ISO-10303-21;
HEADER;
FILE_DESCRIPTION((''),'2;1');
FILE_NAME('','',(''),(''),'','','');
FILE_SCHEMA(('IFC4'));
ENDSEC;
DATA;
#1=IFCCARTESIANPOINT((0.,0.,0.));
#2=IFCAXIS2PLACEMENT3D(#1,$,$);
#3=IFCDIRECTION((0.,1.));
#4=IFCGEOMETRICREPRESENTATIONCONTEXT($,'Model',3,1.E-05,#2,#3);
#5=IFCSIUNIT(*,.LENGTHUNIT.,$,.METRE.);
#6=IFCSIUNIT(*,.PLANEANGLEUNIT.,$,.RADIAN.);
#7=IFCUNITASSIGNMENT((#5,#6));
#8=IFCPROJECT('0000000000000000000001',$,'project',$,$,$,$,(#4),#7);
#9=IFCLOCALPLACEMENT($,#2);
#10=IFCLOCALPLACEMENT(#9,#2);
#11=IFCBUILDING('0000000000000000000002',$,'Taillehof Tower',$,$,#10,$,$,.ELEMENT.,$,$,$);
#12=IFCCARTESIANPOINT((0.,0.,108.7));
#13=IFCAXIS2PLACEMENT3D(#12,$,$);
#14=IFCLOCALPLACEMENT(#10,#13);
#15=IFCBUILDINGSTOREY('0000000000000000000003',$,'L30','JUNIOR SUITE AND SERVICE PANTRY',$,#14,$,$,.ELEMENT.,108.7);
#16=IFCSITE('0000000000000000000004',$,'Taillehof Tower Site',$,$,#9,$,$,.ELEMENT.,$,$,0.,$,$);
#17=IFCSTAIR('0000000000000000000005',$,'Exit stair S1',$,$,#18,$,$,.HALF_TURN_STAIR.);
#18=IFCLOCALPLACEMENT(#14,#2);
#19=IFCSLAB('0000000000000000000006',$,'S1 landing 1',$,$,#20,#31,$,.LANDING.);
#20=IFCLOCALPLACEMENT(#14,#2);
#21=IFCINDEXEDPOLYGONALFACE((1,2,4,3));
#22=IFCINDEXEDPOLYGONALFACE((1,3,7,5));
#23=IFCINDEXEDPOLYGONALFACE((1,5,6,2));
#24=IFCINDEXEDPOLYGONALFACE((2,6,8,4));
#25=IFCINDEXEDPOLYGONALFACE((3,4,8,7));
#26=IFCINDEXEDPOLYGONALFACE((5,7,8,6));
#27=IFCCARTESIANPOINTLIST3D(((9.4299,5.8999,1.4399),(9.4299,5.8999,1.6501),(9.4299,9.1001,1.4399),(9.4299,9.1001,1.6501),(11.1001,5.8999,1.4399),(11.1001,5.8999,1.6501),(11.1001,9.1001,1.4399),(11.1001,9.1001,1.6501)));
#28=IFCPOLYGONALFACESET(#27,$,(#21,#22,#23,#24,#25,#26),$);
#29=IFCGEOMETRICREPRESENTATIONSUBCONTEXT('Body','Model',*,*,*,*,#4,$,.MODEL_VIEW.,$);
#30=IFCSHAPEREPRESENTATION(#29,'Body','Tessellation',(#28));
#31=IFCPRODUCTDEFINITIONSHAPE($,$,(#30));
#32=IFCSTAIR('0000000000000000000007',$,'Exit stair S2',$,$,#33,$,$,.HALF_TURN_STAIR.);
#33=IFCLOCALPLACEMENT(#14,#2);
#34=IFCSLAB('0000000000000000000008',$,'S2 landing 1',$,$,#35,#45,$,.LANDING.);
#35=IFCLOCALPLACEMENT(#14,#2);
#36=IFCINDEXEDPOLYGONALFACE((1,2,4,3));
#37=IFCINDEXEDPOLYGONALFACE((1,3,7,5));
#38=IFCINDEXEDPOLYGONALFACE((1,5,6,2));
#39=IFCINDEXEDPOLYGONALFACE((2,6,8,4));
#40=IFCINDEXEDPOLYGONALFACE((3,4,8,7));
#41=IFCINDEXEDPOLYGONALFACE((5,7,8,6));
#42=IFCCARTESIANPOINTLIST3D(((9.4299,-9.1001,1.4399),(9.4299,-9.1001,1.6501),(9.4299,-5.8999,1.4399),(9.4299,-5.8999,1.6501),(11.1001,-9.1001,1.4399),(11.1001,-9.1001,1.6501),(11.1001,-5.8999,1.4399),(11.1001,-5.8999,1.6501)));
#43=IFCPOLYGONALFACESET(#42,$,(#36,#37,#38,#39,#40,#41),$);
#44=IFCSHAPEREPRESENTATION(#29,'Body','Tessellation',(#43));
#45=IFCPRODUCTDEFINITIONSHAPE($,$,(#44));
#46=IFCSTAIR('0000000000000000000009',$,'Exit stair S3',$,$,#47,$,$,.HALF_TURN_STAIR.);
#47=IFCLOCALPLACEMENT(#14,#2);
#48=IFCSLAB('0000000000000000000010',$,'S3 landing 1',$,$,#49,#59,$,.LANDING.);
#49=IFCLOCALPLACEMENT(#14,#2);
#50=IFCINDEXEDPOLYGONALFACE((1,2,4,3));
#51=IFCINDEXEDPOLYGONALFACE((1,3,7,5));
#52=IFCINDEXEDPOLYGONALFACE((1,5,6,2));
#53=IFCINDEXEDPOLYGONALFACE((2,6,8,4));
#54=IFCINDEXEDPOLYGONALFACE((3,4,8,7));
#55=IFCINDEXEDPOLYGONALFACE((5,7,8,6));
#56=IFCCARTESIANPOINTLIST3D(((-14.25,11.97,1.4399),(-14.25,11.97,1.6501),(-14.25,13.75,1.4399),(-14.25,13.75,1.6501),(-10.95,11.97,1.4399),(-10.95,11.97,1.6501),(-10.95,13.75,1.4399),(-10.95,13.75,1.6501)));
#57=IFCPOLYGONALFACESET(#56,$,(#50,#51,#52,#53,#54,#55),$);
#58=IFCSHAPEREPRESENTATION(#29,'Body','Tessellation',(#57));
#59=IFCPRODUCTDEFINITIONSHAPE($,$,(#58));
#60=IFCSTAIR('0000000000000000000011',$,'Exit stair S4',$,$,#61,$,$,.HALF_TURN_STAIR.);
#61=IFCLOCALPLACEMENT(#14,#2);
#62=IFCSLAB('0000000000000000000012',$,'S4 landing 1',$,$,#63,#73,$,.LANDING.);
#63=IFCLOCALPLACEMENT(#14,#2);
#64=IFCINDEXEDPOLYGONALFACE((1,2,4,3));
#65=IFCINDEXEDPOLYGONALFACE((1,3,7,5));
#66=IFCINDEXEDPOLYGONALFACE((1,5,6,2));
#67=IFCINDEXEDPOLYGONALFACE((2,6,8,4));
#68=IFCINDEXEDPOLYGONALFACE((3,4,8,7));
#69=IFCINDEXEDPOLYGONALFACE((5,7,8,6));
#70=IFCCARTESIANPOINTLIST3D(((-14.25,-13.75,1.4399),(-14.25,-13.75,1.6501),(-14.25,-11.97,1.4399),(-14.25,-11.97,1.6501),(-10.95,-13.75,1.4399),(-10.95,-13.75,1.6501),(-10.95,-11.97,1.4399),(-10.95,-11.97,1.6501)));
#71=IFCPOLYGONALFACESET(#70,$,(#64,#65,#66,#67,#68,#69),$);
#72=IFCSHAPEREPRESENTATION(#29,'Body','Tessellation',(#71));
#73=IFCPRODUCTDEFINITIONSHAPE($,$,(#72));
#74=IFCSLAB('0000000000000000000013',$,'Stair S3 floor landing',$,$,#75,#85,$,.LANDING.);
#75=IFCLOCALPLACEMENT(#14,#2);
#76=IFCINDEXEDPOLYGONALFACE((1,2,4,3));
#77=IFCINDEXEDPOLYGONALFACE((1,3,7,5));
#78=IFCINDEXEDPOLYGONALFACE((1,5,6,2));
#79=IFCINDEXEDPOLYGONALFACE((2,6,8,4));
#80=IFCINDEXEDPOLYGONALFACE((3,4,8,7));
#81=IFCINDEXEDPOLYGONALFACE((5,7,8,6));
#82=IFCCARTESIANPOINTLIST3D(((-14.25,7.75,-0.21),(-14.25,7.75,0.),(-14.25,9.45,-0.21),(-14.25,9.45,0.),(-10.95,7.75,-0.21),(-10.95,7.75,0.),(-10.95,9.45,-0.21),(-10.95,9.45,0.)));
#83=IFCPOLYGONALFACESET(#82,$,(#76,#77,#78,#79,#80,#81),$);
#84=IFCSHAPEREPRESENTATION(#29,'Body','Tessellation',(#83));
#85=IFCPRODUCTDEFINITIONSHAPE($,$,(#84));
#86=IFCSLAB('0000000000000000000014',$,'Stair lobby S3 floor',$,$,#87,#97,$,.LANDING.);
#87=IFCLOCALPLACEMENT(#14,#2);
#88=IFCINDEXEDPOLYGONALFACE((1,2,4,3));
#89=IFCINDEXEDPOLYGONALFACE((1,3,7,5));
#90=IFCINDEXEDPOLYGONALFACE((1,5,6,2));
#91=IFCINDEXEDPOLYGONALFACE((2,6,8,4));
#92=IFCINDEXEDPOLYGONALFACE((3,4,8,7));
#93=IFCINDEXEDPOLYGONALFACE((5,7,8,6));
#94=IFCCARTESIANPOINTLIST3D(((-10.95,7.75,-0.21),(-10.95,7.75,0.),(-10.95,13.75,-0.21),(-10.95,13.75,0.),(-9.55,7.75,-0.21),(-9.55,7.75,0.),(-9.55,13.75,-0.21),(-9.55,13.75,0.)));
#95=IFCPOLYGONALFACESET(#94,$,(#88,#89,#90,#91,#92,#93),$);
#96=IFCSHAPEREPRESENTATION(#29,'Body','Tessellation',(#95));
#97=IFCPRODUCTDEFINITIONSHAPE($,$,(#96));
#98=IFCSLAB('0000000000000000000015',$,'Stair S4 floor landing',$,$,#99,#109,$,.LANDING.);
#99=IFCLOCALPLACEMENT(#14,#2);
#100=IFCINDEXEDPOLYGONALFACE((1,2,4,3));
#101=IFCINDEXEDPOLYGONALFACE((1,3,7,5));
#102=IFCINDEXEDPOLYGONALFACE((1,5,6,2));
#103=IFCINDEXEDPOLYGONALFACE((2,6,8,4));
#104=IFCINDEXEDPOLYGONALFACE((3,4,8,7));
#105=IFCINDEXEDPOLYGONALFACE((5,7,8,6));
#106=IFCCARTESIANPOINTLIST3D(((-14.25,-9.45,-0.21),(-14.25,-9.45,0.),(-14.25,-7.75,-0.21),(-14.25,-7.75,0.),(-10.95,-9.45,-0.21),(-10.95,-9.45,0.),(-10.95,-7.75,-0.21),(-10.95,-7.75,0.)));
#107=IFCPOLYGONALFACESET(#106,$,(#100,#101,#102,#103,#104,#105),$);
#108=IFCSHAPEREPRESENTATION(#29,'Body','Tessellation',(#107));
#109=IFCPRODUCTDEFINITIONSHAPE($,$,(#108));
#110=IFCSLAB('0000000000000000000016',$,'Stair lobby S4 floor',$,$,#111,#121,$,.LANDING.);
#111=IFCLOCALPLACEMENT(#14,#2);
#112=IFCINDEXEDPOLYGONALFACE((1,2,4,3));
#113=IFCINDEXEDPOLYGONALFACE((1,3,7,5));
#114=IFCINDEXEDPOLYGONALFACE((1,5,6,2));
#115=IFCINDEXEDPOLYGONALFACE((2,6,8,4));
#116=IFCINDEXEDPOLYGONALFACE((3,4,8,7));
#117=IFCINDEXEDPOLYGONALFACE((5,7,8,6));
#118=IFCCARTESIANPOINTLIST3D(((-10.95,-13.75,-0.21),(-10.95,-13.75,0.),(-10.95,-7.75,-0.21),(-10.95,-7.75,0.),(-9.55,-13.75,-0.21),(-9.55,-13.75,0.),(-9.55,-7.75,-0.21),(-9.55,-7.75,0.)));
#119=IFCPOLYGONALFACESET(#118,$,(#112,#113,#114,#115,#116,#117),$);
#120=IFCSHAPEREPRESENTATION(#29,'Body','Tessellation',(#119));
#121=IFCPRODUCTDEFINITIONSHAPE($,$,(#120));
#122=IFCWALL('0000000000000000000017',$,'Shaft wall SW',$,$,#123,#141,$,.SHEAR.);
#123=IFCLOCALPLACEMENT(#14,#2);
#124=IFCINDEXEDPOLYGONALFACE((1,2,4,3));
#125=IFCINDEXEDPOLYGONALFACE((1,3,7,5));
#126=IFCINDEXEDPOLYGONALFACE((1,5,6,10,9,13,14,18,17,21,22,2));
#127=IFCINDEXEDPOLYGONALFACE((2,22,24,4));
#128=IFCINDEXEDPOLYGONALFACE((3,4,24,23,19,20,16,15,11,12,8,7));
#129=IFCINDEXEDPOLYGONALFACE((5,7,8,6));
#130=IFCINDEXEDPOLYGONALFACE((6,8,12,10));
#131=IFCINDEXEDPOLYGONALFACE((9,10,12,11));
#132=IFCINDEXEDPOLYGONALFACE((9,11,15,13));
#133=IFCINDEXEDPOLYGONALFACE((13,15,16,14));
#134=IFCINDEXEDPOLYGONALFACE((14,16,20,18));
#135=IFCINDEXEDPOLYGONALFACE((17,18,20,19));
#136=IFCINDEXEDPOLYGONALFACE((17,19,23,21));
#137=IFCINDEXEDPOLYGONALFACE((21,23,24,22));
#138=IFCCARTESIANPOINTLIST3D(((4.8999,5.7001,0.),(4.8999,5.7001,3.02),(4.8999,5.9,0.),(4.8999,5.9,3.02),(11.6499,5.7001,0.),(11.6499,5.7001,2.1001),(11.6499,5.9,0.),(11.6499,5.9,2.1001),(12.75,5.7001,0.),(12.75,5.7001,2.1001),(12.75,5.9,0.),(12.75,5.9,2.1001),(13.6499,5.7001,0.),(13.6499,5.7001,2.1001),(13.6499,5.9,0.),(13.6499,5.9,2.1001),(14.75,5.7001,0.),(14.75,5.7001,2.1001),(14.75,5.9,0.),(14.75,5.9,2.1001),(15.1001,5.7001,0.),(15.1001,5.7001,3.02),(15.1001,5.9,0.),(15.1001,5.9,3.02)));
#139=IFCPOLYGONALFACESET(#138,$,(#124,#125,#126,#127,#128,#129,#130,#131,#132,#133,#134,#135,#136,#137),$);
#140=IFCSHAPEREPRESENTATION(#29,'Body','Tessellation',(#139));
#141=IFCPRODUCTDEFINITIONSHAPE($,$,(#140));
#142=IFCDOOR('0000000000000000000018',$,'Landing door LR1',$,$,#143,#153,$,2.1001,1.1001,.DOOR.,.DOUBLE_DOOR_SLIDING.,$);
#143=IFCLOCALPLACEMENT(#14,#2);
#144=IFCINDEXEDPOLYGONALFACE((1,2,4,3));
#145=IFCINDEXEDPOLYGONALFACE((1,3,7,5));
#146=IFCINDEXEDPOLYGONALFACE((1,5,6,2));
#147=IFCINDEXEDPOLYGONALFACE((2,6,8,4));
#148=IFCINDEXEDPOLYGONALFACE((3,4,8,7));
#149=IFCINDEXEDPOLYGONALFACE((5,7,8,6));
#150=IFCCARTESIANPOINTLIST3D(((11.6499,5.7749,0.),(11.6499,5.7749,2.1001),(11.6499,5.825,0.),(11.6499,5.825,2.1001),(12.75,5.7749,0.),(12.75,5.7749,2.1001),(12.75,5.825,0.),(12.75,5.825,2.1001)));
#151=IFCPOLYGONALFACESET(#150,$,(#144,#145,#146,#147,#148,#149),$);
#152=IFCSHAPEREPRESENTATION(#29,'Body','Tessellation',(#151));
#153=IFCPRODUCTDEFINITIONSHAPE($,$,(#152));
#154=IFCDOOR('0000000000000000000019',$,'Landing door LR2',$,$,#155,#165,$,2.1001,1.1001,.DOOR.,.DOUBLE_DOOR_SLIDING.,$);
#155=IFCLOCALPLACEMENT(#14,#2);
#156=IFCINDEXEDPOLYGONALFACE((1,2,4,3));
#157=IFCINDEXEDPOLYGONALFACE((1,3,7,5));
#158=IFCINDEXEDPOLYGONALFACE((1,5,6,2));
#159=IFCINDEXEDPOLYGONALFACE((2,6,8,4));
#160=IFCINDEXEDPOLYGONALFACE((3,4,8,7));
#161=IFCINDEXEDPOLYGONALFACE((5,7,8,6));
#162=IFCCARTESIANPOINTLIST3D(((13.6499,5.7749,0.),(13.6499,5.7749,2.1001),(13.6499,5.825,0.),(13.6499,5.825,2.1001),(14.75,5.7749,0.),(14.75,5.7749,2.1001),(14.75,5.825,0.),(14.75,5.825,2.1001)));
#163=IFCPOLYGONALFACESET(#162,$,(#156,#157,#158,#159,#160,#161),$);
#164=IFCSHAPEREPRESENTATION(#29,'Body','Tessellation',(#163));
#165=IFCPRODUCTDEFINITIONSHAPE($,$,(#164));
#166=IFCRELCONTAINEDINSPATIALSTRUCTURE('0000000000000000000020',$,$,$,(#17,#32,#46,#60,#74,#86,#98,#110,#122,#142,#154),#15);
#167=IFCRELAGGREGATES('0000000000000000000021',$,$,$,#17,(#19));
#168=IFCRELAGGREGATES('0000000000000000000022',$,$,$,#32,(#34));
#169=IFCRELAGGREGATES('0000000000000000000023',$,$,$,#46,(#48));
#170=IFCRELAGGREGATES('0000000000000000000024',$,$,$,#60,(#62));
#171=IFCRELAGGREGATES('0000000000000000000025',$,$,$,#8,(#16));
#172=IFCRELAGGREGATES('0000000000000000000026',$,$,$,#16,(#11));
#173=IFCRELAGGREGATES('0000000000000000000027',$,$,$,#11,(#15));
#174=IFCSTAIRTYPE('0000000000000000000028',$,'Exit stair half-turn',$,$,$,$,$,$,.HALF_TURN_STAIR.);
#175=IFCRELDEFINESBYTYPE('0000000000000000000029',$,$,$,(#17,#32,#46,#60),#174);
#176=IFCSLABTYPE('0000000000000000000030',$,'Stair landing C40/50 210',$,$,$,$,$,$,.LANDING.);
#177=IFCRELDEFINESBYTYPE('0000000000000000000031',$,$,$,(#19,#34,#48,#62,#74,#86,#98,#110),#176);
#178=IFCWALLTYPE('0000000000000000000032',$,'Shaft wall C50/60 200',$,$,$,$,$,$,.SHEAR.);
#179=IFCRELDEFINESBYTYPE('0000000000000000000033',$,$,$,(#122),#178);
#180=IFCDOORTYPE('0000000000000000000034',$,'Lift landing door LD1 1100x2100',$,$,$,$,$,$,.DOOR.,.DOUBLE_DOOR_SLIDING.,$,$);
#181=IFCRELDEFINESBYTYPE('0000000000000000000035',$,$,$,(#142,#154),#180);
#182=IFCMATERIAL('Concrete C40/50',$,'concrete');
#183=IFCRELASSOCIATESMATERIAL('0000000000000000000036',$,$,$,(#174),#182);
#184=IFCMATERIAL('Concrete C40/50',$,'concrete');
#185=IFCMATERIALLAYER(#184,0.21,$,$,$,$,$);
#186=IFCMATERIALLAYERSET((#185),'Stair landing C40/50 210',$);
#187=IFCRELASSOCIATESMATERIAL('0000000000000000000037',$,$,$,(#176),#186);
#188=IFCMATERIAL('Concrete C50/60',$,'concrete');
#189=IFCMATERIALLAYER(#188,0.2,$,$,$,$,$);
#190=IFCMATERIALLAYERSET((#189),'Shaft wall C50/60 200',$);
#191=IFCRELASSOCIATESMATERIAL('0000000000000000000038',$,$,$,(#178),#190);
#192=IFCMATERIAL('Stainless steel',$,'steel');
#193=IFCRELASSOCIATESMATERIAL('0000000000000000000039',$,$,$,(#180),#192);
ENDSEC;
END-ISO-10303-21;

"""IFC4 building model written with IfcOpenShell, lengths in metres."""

from ifc_helpers import new_model, si_unit, direction, frame, frame_2d, origin, place, context, subcontext, project, spatial, polyline, rectangle, outline, extrude, material, layer, layer_set, type_object, element, fill, aggregate, save


model = new_model("IFC4")

# Units and contexts
model_context = context("Model", 3, precision=1e-05, world=origin(), true_north=direction((0.0, 1.0)))
body_context = subcontext(model_context, "Body", "Model", "MODEL_VIEW")
ifc_project = project(units=[si_unit("LENGTHUNIT", "METRE"), si_unit("PLANEANGLEUNIT", "RADIAN")], contexts=[model_context])

# Site, building, storey
site_placement = place(None, origin())
site = spatial("IfcSite", under=ifc_project, at=site_placement, Name="Taillehof Tower Site", CompositionType="ELEMENT", RefElevation=0.0)
building_placement = place(site_placement, origin())
building = spatial("IfcBuilding", under=site, at=building_placement, Name="Taillehof Tower", CompositionType="ELEMENT")
storey_placement = place(building_placement, frame((0.0, 0.0, 108.7)))
storey = spatial("IfcBuildingStorey", under=building, at=storey_placement, Name="L30", Description="JUNIOR SUITE AND SERVICE PANTRY", CompositionType="ELEMENT", Elevation=108.7)

# Stairs, slabs
ifc_material_1 = material(Name="Concrete C40/50", Category="concrete")
stair_type = type_object("IfcStairType", Name="Exit stair half-turn", PredefinedType="HALF_TURN_STAIR", material=ifc_material_1)
stair_1_placement = place(storey_placement, origin())
stair_1 = element("IfcStair", 1, at=stair_1_placement, inside=storey, type_object=stair_type, Name="Exit stair S1", PredefinedType="HALF_TURN_STAIR")
ifc_material_2 = material(Name="Concrete C40/50", Category="concrete")
ifc_layer_1 = layer(ifc_material_2, 0.21)
ifc_layer_set_1 = layer_set([ifc_layer_1], Name="Stair landing C40/50 210")
slab_type_1 = type_object("IfcSlabType", Name="Stair landing C40/50 210", PredefinedType="LANDING", material=ifc_layer_set_1)
slab_1_placement = place(storey_placement, frame((0.0, 0.0, 1.4399)))
slab_1 = element("IfcSlab", 2, at=slab_1_placement, type_object=slab_type_1, Name="S1 landing 1", PredefinedType="LANDING", context=body_context, shape_type="SweptSolid", body=[
    extrude(outline(polyline([(9.4299, 5.8999), (11.1001, 5.8999), (11.1001, 9.1001), (9.4299, 9.1001), (9.4299, 5.8999)])), origin(), (0.0, 0.0, 1.0), 0.2102),
])
aggregate(stair_1, [slab_1])
stair_2_placement = place(storey_placement, origin())
stair_2 = element("IfcStair", 3, at=stair_2_placement, inside=storey, type_object=stair_type, Name="Exit stair S2", PredefinedType="HALF_TURN_STAIR")
slab_2_placement = place(storey_placement, frame((0.0, 0.0, 1.4399)))
slab_2 = element("IfcSlab", 4, at=slab_2_placement, type_object=slab_type_1, Name="S2 landing 1", PredefinedType="LANDING", context=body_context, shape_type="SweptSolid", body=[
    extrude(outline(polyline([(9.4299, -5.8999), (11.1001, -5.8999), (11.1001, -9.1001), (9.4299, -9.1001), (9.4299, -5.8999)])), origin(), (0.0, 0.0, 1.0), 0.2102),
])
aggregate(stair_2, [slab_2])
stair_3_placement = place(storey_placement, origin())
stair_3 = element("IfcStair", 5, at=stair_3_placement, inside=storey, type_object=stair_type, Name="Exit stair S3", PredefinedType="HALF_TURN_STAIR")
slab_3_placement = place(storey_placement, frame((0.0, 0.0, 1.4399)))
slab_3 = element("IfcSlab", 6, at=slab_3_placement, type_object=slab_type_1, Name="S3 landing 1", PredefinedType="LANDING", context=body_context, shape_type="SweptSolid", body=[
    extrude(outline(polyline([(-14.25, 11.97), (-14.25, 13.75), (-10.95, 13.75), (-10.95, 11.97), (-14.25, 11.97)])), origin(), (0.0, 0.0, 1.0), 0.2102),
])
aggregate(stair_3, [slab_3])
stair_4_placement = place(storey_placement, origin())
stair_4 = element("IfcStair", 7, at=stair_4_placement, inside=storey, type_object=stair_type, Name="Exit stair S4", PredefinedType="HALF_TURN_STAIR")
slab_4_placement = place(storey_placement, frame((0.0, 0.0, 1.4399)))
slab_4 = element("IfcSlab", 8, at=slab_4_placement, type_object=slab_type_1, Name="S4 landing 1", PredefinedType="LANDING", context=body_context, shape_type="SweptSolid", body=[
    extrude(outline(polyline([(-14.25, -11.97), (-14.25, -13.75), (-10.95, -13.75), (-10.95, -11.97), (-14.25, -11.97)])), origin(), (0.0, 0.0, 1.0), 0.2102),
])
aggregate(stair_4, [slab_4])

# Slabs
slab_5_placement = place(storey_placement, frame((0.0, 0.0, -0.21)))
element("IfcSlab", 9, at=slab_5_placement, inside=storey, type_object=slab_type_1, Name="Stair S3 floor landing", PredefinedType="LANDING", context=body_context, shape_type="SweptSolid", body=[
    extrude(outline(polyline([(-14.25, 7.75), (-14.25, 9.45), (-10.95, 9.45), (-10.95, 7.75), (-14.25, 7.75)])), origin(), (0.0, 0.0, 1.0), 0.21),
])
slab_6_placement = place(storey_placement, frame((0.0, 0.0, -0.21)))
element("IfcSlab", 10, at=slab_6_placement, inside=storey, type_object=slab_type_1, Name="Stair lobby S3 floor", PredefinedType="LANDING", context=body_context, shape_type="SweptSolid", body=[
    extrude(outline(polyline([(-10.95, 7.75), (-9.55, 7.75), (-9.55, 13.75), (-10.95, 13.75), (-10.95, 7.75)])), origin(), (0.0, 0.0, 1.0), 0.21),
])
slab_7_placement = place(storey_placement, frame((0.0, 0.0, -0.21)))
element("IfcSlab", 11, at=slab_7_placement, inside=storey, type_object=slab_type_1, Name="Stair S4 floor landing", PredefinedType="LANDING", context=body_context, shape_type="SweptSolid", body=[
    extrude(outline(polyline([(-14.25, -7.75), (-14.25, -9.45), (-10.95, -9.45), (-10.95, -7.75), (-14.25, -7.75)])), origin(), (0.0, 0.0, 1.0), 0.21),
])
slab_8_placement = place(storey_placement, frame((0.0, 0.0, -0.21)))
element("IfcSlab", 12, at=slab_8_placement, inside=storey, type_object=slab_type_1, Name="Stair lobby S4 floor", PredefinedType="LANDING", context=body_context, shape_type="SweptSolid", body=[
    extrude(outline(polyline([(-10.95, -13.75), (-9.55, -13.75), (-9.55, -7.75), (-10.95, -7.75), (-10.95, -13.75)])), origin(), (0.0, 0.0, 1.0), 0.21),
])

# Wall, openings, doors
ifc_material_3 = material(Name="Concrete C50/60", Category="concrete")
ifc_layer_2 = layer(ifc_material_3, 0.2)
ifc_layer_set_2 = layer_set([ifc_layer_2], Name="Shaft wall C50/60 200")
wall_type_1 = type_object("IfcWallType", Name="Shaft wall C50/60 200", PredefinedType="SHEAR", material=ifc_layer_set_2)
wall_1_placement = place(storey_placement, frame((4.8999, 5.8, 0.0), z_axis=(0.0, 0.0, 1.0), x_axis=(1.0, 0.0, 0.0)))
wall_1 = element("IfcWall", 13, at=wall_1_placement, inside=storey, type_object=wall_type_1, Name="Shaft wall SW", PredefinedType="SHEAR", context=body_context, shape_type="SweptSolid", body=[
    extrude(rectangle(XDim=10.2002, YDim=0.2, at=frame_2d((5.1001, 0.0))), origin(), (0.0, 0.0, 1.0), 3.02),
])
opening_1_placement = place(wall_1_placement, frame((6.75, 0.0, 0.0)))
opening_1 = element("IfcOpeningElement", 14, at=opening_1_placement, cuts=wall_1, PredefinedType="OPENING", context=body_context, shape_type="SweptSolid", body=[
    extrude(rectangle(XDim=1.1001, YDim=2.1001, at=frame_2d((0.55, 1.05))), frame((0.0, 0.1099, 0.0), z_axis=(0.0, -1.0, 0.0), x_axis=(1.0, 0.0, 0.0)), (0.0, 0.0, 1.0), 0.22),
])
opening_2_placement = place(wall_1_placement, frame((8.75, 0.0, 0.0)))
opening_2 = element("IfcOpeningElement", 15, at=opening_2_placement, cuts=wall_1, PredefinedType="OPENING", context=body_context, shape_type="SweptSolid", body=[
    extrude(rectangle(XDim=1.1001, YDim=2.1001, at=frame_2d((0.55, 1.05))), frame((0.0, 0.1099, 0.0), z_axis=(0.0, -1.0, 0.0), x_axis=(1.0, 0.0, 0.0)), (0.0, 0.0, 1.0), 0.22),
])
ifc_material_4 = material(Name="Stainless steel", Category="steel")
door_type_1 = type_object("IfcDoorType", Name="Lift landing door LD1 1100x2100", OperationType="DOUBLE_DOOR_SLIDING", PredefinedType="DOOR", material=ifc_material_4)
door_1_placement = place(opening_1_placement, origin())
door_1 = element("IfcDoor", 16, at=door_1_placement, inside=storey, type_object=door_type_1, Name="Landing door LR1", OperationType="DOUBLE_DOOR_SLIDING", OverallHeight=2.1001, OverallWidth=1.1001, PredefinedType="DOOR", context=body_context, shape_type="SweptSolid", body=[
    extrude(rectangle(XDim=1.1001, YDim=2.1001, at=frame_2d((0.55, 1.05))), frame((0.0, 0.0249, 0.0), z_axis=(0.0, -1.0, 0.0), x_axis=(1.0, 0.0, 0.0)), (0.0, 0.0, 1.0), 0.05),
])
fill(opening_1, door_1)
door_2_placement = place(opening_2_placement, origin())
door_2 = element("IfcDoor", 17, at=door_2_placement, inside=storey, type_object=door_type_1, Name="Landing door LR2", OperationType="DOUBLE_DOOR_SLIDING", OverallHeight=2.1001, OverallWidth=1.1001, PredefinedType="DOOR", context=body_context, shape_type="SweptSolid", body=[
    extrude(rectangle(XDim=1.1001, YDim=2.1001, at=frame_2d((0.55, 1.05))), frame((0.0, 0.0249, 0.0), z_axis=(0.0, -1.0, 0.0), x_axis=(1.0, 0.0, 0.0)), (0.0, 0.0, 1.0), 0.05),
])
fill(opening_2, door_2)

save(model, "model.ifc")
